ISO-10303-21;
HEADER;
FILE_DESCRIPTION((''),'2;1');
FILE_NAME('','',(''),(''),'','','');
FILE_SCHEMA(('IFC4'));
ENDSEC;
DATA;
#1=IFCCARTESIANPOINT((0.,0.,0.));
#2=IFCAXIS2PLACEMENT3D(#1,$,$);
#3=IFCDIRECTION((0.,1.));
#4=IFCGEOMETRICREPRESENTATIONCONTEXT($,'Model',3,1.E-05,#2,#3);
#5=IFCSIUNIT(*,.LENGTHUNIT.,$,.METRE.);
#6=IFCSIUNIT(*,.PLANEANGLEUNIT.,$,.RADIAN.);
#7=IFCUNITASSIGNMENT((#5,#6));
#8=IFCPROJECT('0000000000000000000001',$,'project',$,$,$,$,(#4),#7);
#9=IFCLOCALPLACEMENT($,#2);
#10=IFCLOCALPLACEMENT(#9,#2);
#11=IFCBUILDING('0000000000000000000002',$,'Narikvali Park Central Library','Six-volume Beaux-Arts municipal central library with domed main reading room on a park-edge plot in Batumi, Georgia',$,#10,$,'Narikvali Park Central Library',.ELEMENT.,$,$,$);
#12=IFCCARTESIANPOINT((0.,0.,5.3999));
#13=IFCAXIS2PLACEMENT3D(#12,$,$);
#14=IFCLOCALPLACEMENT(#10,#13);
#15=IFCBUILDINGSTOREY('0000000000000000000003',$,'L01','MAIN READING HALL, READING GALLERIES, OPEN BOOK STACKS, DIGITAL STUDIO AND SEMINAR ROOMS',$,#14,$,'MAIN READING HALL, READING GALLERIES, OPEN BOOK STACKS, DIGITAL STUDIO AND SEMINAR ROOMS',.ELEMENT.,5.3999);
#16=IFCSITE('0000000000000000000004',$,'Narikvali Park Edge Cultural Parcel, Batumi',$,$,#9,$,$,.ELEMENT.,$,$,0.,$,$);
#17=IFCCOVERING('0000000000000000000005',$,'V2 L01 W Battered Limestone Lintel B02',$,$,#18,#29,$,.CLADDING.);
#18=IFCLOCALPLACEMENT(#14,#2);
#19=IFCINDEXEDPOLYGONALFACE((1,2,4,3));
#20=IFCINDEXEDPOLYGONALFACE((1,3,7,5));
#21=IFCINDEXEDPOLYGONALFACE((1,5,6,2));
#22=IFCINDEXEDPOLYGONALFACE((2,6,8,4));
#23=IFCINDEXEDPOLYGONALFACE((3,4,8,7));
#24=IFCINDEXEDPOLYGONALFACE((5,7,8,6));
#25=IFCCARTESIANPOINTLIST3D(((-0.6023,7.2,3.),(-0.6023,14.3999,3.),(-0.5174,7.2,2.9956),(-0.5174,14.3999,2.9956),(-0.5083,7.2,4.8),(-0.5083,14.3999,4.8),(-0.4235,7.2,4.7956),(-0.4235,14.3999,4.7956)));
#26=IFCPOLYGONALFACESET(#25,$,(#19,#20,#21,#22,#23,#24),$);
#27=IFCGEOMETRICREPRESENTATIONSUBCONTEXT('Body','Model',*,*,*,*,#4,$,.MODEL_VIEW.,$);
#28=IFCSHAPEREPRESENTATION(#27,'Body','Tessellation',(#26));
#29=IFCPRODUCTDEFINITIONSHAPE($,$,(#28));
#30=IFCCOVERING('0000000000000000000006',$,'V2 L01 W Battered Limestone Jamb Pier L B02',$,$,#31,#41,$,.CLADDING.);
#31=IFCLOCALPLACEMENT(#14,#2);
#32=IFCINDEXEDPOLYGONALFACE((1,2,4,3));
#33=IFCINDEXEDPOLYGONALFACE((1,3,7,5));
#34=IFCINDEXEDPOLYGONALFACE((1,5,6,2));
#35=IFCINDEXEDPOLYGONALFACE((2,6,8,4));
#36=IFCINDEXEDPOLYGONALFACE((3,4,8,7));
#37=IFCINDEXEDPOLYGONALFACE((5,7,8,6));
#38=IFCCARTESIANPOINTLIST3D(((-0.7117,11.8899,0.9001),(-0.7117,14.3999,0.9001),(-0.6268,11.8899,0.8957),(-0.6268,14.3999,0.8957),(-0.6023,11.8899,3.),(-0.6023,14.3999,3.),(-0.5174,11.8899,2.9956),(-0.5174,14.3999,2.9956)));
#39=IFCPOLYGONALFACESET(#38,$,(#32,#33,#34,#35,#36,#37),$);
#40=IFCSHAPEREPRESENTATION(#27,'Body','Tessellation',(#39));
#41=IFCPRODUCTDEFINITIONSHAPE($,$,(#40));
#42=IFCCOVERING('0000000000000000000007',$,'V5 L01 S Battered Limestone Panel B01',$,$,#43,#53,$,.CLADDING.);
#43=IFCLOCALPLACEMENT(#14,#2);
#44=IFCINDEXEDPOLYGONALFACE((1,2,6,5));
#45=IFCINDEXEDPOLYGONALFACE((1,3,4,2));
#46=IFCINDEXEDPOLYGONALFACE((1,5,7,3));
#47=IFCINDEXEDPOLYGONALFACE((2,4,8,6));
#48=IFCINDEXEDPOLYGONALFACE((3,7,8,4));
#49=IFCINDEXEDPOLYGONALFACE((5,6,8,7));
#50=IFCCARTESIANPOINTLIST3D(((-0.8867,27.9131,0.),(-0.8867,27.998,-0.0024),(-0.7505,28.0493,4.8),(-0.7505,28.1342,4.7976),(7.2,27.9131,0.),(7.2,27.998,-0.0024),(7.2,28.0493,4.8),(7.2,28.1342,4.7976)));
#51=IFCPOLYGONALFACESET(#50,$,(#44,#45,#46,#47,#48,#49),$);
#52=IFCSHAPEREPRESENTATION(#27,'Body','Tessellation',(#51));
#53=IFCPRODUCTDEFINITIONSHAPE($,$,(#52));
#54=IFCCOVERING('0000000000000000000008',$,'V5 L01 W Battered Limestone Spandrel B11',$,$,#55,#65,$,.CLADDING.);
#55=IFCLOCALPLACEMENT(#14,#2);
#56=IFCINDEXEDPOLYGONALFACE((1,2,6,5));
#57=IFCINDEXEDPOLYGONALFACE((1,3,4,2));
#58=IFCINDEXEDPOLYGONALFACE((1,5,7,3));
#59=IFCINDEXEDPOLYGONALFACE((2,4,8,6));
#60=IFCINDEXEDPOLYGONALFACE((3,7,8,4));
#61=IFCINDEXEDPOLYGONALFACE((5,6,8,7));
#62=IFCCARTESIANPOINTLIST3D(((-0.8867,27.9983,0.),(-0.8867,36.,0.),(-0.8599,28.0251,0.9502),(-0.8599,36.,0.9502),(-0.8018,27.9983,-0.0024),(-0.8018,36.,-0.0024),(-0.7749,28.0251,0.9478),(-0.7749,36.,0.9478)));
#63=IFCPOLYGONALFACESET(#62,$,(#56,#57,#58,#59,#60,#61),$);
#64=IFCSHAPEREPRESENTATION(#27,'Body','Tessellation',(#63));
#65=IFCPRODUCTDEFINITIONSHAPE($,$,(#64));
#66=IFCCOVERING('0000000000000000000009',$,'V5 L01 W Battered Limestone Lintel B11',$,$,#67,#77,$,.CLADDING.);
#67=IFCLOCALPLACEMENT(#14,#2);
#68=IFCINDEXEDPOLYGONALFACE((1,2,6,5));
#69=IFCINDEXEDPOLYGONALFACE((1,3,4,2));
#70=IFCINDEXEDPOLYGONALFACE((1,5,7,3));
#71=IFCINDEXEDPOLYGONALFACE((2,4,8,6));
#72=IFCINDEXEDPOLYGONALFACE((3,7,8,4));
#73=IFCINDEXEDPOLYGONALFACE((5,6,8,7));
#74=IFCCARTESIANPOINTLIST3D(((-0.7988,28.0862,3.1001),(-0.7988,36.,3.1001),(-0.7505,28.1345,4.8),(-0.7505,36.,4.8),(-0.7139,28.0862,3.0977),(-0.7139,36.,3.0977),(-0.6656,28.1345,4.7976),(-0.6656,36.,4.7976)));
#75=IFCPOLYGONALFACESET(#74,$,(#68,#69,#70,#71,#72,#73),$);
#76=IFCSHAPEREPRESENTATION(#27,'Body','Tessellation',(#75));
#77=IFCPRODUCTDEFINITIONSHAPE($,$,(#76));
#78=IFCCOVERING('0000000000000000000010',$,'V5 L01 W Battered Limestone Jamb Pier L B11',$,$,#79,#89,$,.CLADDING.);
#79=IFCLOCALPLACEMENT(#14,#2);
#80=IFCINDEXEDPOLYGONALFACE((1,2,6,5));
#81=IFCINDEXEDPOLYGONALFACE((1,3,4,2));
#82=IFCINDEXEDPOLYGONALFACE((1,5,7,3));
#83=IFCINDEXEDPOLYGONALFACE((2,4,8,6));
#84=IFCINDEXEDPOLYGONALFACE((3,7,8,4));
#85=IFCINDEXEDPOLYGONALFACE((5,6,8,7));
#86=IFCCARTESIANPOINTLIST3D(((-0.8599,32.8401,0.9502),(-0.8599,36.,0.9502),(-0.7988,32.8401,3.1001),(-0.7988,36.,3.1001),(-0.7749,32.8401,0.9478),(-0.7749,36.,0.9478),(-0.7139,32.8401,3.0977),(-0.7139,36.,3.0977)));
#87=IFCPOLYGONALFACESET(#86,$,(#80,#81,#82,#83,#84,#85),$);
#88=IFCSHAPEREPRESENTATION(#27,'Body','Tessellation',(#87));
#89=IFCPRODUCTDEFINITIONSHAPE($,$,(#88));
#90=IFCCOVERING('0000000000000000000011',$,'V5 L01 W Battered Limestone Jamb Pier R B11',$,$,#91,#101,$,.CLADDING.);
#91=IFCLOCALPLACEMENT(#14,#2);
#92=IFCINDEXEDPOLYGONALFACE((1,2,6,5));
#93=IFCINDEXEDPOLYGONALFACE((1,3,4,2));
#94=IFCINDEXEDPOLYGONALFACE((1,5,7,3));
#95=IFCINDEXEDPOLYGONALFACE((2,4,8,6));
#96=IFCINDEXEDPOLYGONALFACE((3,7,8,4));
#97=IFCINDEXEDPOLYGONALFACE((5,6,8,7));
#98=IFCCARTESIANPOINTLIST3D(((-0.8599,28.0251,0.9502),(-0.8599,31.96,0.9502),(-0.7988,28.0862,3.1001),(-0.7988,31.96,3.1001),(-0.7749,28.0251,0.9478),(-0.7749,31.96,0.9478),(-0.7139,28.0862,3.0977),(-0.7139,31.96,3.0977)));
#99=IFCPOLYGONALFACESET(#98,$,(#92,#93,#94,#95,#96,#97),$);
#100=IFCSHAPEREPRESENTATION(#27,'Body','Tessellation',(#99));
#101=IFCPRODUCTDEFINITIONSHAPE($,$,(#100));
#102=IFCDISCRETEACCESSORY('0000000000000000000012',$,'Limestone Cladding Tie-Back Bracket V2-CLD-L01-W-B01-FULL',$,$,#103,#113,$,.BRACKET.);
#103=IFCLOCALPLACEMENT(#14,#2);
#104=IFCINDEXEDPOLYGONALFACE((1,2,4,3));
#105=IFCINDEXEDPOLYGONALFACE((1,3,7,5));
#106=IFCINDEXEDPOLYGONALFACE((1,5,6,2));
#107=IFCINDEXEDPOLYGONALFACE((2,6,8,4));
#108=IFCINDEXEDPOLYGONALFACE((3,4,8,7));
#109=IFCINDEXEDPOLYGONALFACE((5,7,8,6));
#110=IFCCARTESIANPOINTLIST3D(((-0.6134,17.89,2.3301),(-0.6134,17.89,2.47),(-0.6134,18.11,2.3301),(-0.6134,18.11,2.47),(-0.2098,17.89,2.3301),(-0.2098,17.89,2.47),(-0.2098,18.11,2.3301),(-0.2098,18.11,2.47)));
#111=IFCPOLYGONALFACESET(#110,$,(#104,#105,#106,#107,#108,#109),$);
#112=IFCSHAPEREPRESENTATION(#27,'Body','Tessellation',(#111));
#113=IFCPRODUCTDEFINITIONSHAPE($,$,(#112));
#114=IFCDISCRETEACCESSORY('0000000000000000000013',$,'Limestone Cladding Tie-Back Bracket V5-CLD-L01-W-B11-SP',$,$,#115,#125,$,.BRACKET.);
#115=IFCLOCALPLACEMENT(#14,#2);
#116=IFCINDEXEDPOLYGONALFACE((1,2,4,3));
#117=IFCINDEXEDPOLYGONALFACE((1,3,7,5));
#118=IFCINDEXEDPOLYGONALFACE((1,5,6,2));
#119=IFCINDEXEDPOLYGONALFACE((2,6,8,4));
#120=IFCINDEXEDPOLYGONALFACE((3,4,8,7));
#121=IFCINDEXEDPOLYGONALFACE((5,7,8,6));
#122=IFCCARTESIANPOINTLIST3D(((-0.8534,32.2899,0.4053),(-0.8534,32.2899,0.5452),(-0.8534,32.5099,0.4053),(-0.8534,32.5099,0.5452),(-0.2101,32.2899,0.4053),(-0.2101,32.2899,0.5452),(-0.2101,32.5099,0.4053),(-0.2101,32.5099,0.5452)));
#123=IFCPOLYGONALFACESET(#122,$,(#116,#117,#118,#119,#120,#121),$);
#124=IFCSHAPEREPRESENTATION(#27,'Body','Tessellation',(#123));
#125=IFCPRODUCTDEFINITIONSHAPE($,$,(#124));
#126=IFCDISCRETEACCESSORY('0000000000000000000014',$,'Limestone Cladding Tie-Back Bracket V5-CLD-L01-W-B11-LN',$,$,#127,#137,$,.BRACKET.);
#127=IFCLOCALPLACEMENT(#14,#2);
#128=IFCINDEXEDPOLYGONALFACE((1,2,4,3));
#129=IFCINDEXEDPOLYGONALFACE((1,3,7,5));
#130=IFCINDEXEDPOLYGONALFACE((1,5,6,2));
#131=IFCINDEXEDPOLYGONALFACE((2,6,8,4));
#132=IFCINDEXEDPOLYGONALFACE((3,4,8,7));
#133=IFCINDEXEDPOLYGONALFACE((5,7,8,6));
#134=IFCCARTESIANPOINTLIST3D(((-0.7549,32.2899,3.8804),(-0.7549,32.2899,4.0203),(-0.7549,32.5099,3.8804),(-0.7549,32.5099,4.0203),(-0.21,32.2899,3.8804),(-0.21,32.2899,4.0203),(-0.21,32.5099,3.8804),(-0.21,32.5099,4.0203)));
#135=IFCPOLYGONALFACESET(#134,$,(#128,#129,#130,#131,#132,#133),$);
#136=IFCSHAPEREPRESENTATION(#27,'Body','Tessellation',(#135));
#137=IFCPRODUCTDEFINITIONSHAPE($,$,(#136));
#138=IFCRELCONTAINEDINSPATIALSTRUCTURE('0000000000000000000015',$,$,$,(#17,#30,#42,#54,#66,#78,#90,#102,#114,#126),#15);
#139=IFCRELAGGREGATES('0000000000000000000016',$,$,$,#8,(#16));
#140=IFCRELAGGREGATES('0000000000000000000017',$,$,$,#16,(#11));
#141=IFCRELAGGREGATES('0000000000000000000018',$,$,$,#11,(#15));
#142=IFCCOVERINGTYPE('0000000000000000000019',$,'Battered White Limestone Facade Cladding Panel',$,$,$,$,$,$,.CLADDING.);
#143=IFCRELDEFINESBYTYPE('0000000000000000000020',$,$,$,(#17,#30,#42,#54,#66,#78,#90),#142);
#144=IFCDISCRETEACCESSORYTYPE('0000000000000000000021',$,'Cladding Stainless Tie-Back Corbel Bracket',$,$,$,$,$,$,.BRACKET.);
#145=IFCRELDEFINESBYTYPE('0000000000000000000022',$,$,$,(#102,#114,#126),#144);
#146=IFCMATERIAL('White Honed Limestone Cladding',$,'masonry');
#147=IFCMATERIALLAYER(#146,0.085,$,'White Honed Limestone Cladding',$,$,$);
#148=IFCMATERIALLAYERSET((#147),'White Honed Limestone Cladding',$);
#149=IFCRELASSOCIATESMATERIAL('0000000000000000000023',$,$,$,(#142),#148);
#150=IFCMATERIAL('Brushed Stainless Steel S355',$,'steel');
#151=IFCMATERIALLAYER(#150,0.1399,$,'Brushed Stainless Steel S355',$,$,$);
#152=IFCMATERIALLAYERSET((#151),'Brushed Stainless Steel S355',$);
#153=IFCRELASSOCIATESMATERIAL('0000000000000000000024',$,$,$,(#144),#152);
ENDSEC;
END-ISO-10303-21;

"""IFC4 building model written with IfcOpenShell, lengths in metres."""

from ifc_helpers import new_model, si_unit, direction, frame, origin, origin_2d, place, context, subcontext, project, spatial, polyline, rectangle, outline, extrude, material, layer, layer_set, type_object, element, save


model = new_model("IFC4")

# Units and contexts
model_context = context("Model", 3, precision=1e-05, world=origin(), true_north=direction((0.0, 1.0)))
body_context = subcontext(model_context, "Body", "Model", "MODEL_VIEW")
ifc_project = project(units=[si_unit("LENGTHUNIT", "METRE"), si_unit("PLANEANGLEUNIT", "RADIAN")], contexts=[model_context])

# Site, building, storey
site_placement = place(None, origin())
site = spatial("IfcSite", under=ifc_project, at=site_placement, Name="Narikvali Park Edge Cultural Parcel, Batumi", CompositionType="ELEMENT", RefElevation=0.0)
building_placement = place(site_placement, origin())
building = spatial("IfcBuilding", under=site, at=building_placement, Name="Narikvali Park Central Library", Description="Six-volume Beaux-Arts municipal central library with domed main reading room on a park-edge plot in Batumi, Georgia", LongName="Narikvali Park Central Library", CompositionType="ELEMENT")
storey_placement = place(building_placement, frame((0.0, 0.0, 5.3999)))
storey = spatial("IfcBuildingStorey", under=building, at=storey_placement, Name="L01", Description="MAIN READING HALL, READING GALLERIES, OPEN BOOK STACKS, DIGITAL STUDIO AND SEMINAR ROOMS", LongName="MAIN READING HALL, READING GALLERIES, OPEN BOOK STACKS, DIGITAL STUDIO AND SEMINAR ROOMS", CompositionType="ELEMENT", Elevation=5.3999)

# Coverings
ifc_material_1 = material(Name="White Honed Limestone Cladding", Category="masonry")
ifc_layer_1 = layer(ifc_material_1, 0.085, Name="White Honed Limestone Cladding")
ifc_layer_set_1 = layer_set([ifc_layer_1], Name="White Honed Limestone Cladding")
covering_type = type_object("IfcCoveringType", Name="Battered White Limestone Facade Cladding Panel", PredefinedType="CLADDING", material=ifc_layer_set_1)
covering_1_placement = place(storey_placement, frame((-0.6023, 14.3999, 3.0), z_axis=(-0.998639, 0.0, 0.052147), x_axis=(0.0, -1.0, 0.0)))
element("IfcCovering", 1, at=covering_1_placement, inside=storey, type_object=covering_type, Name="V2 L01 W Battered Limestone Lintel B02", PredefinedType="CLADDING", context=body_context, shape_type="SweptSolid", body=[
    extrude(outline(polyline([(0.0, 0.0), (7.2, 0.0), (7.2, 1.8025), (0.0, 1.8025), (0.0, 0.0)])), origin(), (0.0, 0.0, -1.0), 0.085),
])
covering_2_placement = place(storey_placement, frame((-0.7117, 14.3999, 0.9001), z_axis=(-0.998646, 0.0, 0.052016), x_axis=(0.0, -1.0, 0.0)))
element("IfcCovering", 2, at=covering_2_placement, inside=storey, type_object=covering_type, Name="V2 L01 W Battered Limestone Jamb Pier L B02", PredefinedType="CLADDING", context=body_context, shape_type="SweptSolid", body=[
    extrude(outline(polyline([(0.0, 0.0), (2.51, 0.0), (2.51, 2.1027), (0.0, 2.1027), (0.0, 0.0)])), origin(), (0.0, 0.0, -1.0), 0.085),
])
covering_3_placement = place(storey_placement, frame((-0.8867, 27.9131, 0.0), z_axis=(0.0, -0.999598, 0.02837), x_axis=(1.0, 0.0, 0.0)))
element("IfcCovering", 3, at=covering_3_placement, inside=storey, type_object=covering_type, Name="V5 L01 S Battered Limestone Panel B01", PredefinedType="CLADDING", context=body_context, shape_type="SweptSolid", body=[
    extrude(outline(polyline([(0.0, 0.0), (8.0867, 0.0), (8.0867, 4.802), (0.1362, 4.802), (0.0, 0.0)])), origin(), (0.0, 0.0, -1.0), 0.085),
])
covering_4_placement = place(storey_placement, frame((-0.8867, 36.0, 0.0), z_axis=(-0.999601, 0.0, 0.028252), x_axis=(0.0, -1.0, 0.0)))
element("IfcCovering", 4, at=covering_4_placement, inside=storey, type_object=covering_type, Name="V5 L01 W Battered Limestone Spandrel B11", PredefinedType="CLADDING", context=body_context, shape_type="SweptSolid", body=[
    extrude(outline(polyline([(0.0, 0.0), (8.0017, 0.0), (7.9749, 0.9506), (0.0, 0.9506), (0.0, 0.0)])), origin(), (0.0, 0.0, -1.0), 0.085),
])
covering_5_placement = place(storey_placement, frame((-0.7988, 36.0, 3.1001), z_axis=(-0.999596, 0.0, 0.028425), x_axis=(0.0, -1.0, 0.0)))
element("IfcCovering", 5, at=covering_5_placement, inside=storey, type_object=covering_type, Name="V5 L01 W Battered Limestone Lintel B11", PredefinedType="CLADDING", context=body_context, shape_type="SweptSolid", body=[
    extrude(outline(polyline([(0.0, 0.0), (7.9138, 0.0), (7.8655, 1.7006), (0.0, 1.7006), (0.0, 0.0)])), origin(), (0.0, 0.0, -1.0), 0.085),
])
covering_6_placement = place(storey_placement, frame((-0.8599, 36.0, 0.9502), z_axis=(-0.999597, 0.0, 0.028378), x_axis=(0.0, -1.0, 0.0)))
element("IfcCovering", 6, at=covering_6_placement, inside=storey, type_object=covering_type, Name="V5 L01 W Battered Limestone Jamb Pier L B11", PredefinedType="CLADDING", context=body_context, shape_type="SweptSolid", body=[
    extrude(outline(polyline([(0.0, 0.0), (3.1599, 0.0), (3.1599, 2.1508), (0.0, 2.1508), (0.0, 0.0)])), origin(), (0.0, 0.0, -1.0), 0.085),
])
covering_7_placement = place(storey_placement, frame((-0.8599, 31.96, 0.9502), z_axis=(-0.999597, 0.0, 0.028378), x_axis=(0.0, -1.0, 0.0)))
element("IfcCovering", 7, at=covering_7_placement, inside=storey, type_object=covering_type, Name="V5 L01 W Battered Limestone Jamb Pier R B11", PredefinedType="CLADDING", context=body_context, shape_type="SweptSolid", body=[
    extrude(outline(polyline([(0.0, 0.0), (3.9348, 0.0), (3.8738, 2.1508), (0.0, 2.1508), (0.0, 0.0)])), origin(), (0.0, 0.0, -1.0), 0.085),
])

# Discrete accessories
ifc_material_2 = material(Name="Brushed Stainless Steel S355", Category="steel")
ifc_layer_2 = layer(ifc_material_2, 0.1399, Name="Brushed Stainless Steel S355")
ifc_layer_set_2 = layer_set([ifc_layer_2], Name="Brushed Stainless Steel S355")
discrete_accessory_type = type_object("IfcDiscreteAccessoryType", Name="Cladding Stainless Tie-Back Corbel Bracket", PredefinedType="BRACKET", material=ifc_layer_set_2)
discrete_accessory_1_placement = place(storey_placement, frame((-0.4116, 18.0, 2.3301), z_axis=(0.0, 0.0, 1.0), x_axis=(1.0, 0.0, 0.0)))
element("IfcDiscreteAccessory", 8, at=discrete_accessory_1_placement, inside=storey, type_object=discrete_accessory_type, Name="Limestone Cladding Tie-Back Bracket V2-CLD-L01-W-B01-FULL", PredefinedType="BRACKET", context=body_context, shape_type="SweptSolid", body=[
    extrude(rectangle(XDim=0.4036, YDim=0.22, at=origin_2d()), origin(), (0.0, 0.0, 1.0), 0.1399),
])
discrete_accessory_2_placement = place(storey_placement, frame((-0.5317, 32.3999, 0.4053), z_axis=(0.0, 0.0, 1.0), x_axis=(1.0, 0.0, 0.0)))
element("IfcDiscreteAccessory", 9, at=discrete_accessory_2_placement, inside=storey, type_object=discrete_accessory_type, Name="Limestone Cladding Tie-Back Bracket V5-CLD-L01-W-B11-SP", PredefinedType="BRACKET", context=body_context, shape_type="SweptSolid", body=[
    extrude(rectangle(XDim=0.6433, YDim=0.22, at=origin_2d()), origin(), (0.0, 0.0, 1.0), 0.1399),
])
discrete_accessory_3_placement = place(storey_placement, frame((-0.4824, 32.3999, 3.8804), z_axis=(0.0, 0.0, 1.0), x_axis=(1.0, 0.0, 0.0)))
element("IfcDiscreteAccessory", 10, at=discrete_accessory_3_placement, inside=storey, type_object=discrete_accessory_type, Name="Limestone Cladding Tie-Back Bracket V5-CLD-L01-W-B11-LN", PredefinedType="BRACKET", context=body_context, shape_type="SweptSolid", body=[
    extrude(rectangle(XDim=0.5449, YDim=0.22, at=origin_2d()), origin(), (0.0, 0.0, 1.0), 0.1399),
])

save(model, "model.ifc")
